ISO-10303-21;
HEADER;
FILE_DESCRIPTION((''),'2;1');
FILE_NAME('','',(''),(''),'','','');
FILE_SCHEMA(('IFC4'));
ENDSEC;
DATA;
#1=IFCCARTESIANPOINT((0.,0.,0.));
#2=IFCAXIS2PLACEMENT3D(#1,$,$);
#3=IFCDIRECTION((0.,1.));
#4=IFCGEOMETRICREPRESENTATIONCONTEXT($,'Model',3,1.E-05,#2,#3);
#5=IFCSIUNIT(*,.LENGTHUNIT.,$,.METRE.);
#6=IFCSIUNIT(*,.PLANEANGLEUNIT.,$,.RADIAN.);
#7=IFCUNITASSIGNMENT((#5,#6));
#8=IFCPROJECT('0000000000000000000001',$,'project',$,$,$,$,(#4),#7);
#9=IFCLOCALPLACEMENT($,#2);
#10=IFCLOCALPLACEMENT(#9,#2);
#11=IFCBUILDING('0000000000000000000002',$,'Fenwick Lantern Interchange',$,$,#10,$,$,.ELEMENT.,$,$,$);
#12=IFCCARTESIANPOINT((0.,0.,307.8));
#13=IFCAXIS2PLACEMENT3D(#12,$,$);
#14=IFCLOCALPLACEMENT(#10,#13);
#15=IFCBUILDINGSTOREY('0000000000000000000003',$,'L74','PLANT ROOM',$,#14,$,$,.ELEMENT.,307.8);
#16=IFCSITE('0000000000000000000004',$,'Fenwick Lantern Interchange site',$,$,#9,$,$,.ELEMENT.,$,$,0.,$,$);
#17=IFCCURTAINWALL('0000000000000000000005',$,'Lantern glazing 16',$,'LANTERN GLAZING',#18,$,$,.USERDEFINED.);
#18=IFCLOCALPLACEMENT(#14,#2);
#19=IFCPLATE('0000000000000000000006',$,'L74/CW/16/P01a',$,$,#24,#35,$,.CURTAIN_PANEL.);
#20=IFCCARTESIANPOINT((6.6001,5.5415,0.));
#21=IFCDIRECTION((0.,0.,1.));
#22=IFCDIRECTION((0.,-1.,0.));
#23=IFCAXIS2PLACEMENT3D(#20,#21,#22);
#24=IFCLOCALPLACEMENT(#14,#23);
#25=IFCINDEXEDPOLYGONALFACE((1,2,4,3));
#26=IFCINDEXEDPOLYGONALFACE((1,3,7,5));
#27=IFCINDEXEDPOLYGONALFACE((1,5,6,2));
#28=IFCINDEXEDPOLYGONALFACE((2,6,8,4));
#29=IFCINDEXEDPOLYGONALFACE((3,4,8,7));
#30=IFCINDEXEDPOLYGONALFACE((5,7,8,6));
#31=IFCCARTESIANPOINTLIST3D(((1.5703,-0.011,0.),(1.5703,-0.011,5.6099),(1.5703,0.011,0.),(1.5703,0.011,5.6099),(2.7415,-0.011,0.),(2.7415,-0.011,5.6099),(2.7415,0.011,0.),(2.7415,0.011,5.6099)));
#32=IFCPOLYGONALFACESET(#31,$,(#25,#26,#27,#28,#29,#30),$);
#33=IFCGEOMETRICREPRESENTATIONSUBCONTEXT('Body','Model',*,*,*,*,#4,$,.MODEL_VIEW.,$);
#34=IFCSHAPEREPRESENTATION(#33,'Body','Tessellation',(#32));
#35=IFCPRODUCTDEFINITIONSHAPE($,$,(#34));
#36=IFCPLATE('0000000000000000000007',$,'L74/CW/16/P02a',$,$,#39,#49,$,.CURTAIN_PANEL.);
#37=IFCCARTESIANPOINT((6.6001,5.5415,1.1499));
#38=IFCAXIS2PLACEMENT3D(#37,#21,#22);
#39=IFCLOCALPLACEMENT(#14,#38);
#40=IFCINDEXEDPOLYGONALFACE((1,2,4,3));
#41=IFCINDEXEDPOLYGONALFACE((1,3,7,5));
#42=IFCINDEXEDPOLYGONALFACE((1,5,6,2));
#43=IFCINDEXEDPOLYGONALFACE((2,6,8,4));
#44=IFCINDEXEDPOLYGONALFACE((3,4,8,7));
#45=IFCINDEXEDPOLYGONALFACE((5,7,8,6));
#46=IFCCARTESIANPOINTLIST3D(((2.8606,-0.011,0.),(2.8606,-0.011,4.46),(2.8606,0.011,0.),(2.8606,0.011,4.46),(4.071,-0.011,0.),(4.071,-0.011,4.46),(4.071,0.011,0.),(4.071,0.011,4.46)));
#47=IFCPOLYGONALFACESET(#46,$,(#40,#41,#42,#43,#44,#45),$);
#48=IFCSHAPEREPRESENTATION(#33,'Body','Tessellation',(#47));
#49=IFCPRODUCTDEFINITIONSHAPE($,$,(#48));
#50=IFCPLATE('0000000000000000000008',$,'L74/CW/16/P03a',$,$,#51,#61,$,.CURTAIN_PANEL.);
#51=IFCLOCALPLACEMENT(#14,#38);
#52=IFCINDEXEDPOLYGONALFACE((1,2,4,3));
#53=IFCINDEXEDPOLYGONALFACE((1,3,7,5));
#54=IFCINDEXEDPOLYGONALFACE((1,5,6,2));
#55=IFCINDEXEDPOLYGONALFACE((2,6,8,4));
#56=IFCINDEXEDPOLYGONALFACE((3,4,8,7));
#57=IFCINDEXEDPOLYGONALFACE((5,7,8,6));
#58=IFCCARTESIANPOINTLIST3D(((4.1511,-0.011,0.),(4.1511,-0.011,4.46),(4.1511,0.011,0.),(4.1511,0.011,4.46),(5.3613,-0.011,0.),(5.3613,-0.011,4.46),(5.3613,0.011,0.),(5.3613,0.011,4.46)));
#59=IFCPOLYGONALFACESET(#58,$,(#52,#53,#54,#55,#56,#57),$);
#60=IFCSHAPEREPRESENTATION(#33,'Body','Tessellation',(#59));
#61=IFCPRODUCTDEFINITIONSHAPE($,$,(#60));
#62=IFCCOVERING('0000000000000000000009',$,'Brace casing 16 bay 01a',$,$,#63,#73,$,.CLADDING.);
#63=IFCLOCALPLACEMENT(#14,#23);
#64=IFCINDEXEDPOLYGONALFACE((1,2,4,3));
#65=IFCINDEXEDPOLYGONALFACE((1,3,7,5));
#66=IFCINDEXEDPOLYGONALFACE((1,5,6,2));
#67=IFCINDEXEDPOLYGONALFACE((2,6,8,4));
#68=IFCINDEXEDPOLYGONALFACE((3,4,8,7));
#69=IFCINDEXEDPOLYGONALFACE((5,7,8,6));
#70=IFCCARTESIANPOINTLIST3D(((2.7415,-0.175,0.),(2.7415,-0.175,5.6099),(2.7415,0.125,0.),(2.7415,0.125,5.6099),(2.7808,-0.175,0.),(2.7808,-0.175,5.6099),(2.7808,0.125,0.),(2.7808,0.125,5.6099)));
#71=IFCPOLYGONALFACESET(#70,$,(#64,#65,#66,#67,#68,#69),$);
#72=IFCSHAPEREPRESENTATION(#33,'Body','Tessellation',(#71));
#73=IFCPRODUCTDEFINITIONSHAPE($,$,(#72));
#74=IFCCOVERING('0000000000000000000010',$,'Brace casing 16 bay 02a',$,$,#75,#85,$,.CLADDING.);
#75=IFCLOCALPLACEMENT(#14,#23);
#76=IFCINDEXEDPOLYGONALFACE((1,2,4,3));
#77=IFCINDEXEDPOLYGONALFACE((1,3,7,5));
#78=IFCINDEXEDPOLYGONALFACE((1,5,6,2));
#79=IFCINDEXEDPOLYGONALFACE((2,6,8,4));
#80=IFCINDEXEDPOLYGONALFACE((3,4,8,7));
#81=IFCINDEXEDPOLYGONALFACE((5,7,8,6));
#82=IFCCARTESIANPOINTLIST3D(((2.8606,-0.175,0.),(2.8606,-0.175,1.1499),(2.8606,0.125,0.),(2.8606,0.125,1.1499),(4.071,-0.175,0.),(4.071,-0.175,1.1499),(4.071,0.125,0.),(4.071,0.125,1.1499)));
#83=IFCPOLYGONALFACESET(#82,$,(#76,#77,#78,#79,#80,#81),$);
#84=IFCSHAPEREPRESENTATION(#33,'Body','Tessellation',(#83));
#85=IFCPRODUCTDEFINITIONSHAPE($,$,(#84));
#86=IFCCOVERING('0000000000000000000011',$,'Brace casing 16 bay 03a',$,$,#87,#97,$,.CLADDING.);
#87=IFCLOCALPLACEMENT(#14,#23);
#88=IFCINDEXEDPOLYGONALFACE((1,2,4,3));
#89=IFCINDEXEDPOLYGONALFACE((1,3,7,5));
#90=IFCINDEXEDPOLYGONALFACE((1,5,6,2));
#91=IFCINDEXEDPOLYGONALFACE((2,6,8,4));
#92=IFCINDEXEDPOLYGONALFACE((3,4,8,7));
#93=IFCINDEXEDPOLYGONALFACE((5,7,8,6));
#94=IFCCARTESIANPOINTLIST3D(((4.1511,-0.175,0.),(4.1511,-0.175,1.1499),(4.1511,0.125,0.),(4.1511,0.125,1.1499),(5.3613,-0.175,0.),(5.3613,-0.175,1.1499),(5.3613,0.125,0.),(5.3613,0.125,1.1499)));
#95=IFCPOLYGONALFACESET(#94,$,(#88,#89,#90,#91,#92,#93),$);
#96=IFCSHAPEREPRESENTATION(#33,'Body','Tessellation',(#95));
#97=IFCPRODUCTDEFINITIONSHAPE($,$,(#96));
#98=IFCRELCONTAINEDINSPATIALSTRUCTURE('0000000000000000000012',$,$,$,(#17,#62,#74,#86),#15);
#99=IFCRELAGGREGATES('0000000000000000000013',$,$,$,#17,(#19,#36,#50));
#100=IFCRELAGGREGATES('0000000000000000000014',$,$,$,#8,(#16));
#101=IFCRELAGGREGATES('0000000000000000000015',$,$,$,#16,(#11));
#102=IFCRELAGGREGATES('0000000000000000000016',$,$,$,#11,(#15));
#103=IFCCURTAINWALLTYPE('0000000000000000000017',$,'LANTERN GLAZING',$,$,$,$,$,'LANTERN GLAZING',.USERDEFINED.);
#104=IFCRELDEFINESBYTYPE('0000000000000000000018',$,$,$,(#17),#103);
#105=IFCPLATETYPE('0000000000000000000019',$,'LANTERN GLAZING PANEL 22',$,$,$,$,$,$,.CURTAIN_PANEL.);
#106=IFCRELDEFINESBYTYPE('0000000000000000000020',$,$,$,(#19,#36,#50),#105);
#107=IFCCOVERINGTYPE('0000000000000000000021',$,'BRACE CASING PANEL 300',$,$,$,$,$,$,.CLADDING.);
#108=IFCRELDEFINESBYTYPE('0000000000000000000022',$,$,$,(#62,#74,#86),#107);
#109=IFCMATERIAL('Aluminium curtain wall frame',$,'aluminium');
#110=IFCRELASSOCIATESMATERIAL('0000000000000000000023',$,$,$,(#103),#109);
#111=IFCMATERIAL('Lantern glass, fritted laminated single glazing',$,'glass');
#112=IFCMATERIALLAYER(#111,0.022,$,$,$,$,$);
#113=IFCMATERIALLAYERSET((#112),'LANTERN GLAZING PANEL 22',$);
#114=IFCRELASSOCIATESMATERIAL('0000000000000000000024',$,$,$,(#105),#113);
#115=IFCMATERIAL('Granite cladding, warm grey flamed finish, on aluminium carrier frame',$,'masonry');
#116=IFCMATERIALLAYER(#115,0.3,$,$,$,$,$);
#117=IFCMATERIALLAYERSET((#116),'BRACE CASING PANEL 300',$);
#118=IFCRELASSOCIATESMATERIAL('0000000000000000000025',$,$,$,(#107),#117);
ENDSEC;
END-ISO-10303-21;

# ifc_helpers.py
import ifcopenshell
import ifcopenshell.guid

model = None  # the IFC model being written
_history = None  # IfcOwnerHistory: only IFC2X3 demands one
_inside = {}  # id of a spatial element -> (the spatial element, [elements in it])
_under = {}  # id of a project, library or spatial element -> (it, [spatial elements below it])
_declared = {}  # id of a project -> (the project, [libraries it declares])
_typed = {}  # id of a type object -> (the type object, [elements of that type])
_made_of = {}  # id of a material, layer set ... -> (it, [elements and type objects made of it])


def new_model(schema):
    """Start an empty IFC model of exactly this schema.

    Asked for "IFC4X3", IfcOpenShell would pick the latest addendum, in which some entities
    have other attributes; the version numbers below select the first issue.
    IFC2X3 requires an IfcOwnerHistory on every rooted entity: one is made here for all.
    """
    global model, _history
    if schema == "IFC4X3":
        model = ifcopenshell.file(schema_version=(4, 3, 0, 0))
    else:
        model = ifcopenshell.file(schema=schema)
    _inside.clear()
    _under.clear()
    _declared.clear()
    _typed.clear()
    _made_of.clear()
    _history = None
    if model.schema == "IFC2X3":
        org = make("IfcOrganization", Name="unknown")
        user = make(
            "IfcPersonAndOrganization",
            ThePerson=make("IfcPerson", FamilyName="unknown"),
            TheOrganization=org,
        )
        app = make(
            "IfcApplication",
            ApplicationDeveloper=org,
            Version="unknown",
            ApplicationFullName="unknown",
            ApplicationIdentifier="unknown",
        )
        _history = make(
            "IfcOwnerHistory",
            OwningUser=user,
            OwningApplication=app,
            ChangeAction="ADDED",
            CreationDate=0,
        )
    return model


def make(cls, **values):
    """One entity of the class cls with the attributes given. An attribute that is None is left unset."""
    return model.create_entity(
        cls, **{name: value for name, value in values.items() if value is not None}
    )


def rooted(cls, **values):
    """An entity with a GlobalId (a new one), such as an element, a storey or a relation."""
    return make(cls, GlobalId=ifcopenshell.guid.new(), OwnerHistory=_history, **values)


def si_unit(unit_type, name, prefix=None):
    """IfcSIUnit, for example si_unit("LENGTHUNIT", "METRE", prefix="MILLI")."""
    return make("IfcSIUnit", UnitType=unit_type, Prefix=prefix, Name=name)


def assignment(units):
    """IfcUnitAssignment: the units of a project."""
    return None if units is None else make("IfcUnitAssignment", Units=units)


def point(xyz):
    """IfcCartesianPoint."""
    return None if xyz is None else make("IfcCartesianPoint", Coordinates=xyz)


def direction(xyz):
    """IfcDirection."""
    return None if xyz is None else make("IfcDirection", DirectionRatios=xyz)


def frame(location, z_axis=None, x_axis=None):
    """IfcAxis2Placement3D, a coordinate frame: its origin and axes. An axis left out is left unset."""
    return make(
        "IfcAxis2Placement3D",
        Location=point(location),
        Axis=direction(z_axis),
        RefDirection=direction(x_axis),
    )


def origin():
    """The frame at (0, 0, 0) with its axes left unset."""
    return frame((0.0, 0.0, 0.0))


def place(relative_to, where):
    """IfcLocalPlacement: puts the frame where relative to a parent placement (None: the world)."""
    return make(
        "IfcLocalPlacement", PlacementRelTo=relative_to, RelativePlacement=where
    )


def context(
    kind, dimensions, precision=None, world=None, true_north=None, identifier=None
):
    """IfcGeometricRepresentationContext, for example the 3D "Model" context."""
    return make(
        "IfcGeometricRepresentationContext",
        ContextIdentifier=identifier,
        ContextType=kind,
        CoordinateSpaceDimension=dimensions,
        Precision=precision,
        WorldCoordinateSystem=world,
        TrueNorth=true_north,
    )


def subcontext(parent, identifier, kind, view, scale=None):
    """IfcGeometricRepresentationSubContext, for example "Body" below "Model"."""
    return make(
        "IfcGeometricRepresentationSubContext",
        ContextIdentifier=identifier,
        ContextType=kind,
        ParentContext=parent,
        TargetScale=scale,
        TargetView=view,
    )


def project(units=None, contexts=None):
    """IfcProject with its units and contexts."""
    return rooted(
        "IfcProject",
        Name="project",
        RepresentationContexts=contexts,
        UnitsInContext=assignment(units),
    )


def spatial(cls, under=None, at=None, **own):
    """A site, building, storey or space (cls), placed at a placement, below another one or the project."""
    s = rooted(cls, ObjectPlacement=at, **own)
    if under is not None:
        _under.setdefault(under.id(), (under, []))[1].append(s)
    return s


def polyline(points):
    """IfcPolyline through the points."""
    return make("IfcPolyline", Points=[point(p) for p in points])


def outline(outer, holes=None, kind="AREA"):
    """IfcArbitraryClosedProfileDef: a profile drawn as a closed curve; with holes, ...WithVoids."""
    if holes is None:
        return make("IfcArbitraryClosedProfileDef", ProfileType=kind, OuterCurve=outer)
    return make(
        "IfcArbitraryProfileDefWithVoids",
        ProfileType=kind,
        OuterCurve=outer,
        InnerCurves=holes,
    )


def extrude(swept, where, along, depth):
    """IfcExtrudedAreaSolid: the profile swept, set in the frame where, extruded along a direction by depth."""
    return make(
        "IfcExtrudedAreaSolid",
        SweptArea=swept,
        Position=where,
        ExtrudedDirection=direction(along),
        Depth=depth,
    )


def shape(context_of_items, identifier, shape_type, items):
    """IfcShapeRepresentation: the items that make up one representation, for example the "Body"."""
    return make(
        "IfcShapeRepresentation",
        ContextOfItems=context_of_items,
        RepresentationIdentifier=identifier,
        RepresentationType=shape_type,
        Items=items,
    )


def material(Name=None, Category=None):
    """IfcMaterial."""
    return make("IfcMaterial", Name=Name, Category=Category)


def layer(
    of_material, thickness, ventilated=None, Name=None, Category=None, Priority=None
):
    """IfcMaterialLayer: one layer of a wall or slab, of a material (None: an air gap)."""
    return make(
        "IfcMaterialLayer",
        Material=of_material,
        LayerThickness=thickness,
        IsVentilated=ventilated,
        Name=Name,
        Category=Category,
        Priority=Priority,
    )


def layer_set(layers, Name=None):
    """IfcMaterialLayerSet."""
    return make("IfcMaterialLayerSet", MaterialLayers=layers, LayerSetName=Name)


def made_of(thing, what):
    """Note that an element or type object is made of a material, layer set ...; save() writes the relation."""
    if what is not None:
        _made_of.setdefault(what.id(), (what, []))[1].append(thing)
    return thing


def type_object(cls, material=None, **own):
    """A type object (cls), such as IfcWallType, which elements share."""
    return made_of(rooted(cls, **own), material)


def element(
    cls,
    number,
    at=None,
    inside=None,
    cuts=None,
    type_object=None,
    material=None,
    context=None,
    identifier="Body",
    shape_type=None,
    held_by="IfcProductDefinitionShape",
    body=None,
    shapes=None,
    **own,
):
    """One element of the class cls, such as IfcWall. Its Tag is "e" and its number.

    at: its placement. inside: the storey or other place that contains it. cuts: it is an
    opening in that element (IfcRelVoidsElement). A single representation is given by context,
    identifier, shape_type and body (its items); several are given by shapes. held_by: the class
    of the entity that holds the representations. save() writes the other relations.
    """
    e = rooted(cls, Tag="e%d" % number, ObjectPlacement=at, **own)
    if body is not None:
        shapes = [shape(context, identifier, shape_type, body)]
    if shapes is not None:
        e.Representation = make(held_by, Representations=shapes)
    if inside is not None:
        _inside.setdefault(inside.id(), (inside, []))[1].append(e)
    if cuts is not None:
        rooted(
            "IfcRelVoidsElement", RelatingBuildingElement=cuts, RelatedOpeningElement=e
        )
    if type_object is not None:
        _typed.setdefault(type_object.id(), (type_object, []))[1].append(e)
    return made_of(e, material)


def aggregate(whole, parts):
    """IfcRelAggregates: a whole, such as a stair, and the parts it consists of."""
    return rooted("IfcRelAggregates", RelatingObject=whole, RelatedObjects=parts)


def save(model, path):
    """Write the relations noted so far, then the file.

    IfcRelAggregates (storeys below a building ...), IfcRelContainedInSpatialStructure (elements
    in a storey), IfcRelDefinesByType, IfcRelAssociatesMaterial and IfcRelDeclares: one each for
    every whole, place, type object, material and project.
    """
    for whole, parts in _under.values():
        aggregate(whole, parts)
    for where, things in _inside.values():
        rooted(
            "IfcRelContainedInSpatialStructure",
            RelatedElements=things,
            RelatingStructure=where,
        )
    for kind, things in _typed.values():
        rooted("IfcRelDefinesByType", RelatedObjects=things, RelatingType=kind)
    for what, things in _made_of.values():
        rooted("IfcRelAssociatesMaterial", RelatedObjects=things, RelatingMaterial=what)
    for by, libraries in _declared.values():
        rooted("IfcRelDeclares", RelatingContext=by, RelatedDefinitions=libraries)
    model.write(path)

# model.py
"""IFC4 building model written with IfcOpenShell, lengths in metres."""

from ifc_helpers import new_model, si_unit, direction, frame, origin, place, context, subcontext, project, spatial, polyline, outline, extrude, material, layer, layer_set, type_object, element, aggregate, save


model = new_model("IFC4")

# Units and contexts
model_context = context("Model", 3, precision=1e-05, world=origin(), true_north=direction((0.0, 1.0)))
body_context = subcontext(model_context, "Body", "Model", "MODEL_VIEW")
ifc_project = project(units=[si_unit("LENGTHUNIT", "METRE"), si_unit("PLANEANGLEUNIT", "RADIAN")], contexts=[model_context])

# Site, building, storey
site_placement = place(None, origin())
site = spatial("IfcSite", under=ifc_project, at=site_placement, Name="Fenwick Lantern Interchange site", CompositionType="ELEMENT", RefElevation=0.0)
building_placement = place(site_placement, origin())
building = spatial("IfcBuilding", under=site, at=building_placement, Name="Fenwick Lantern Interchange", CompositionType="ELEMENT")
storey_placement = place(building_placement, frame((0.0, 0.0, 307.8)))
storey = spatial("IfcBuildingStorey", under=building, at=storey_placement, Name="L74", Description="PLANT ROOM", CompositionType="ELEMENT", Elevation=307.8)

# Curtain wall
ifc_material_1 = material(Name="Aluminium curtain wall frame", Category="aluminium")
curtain_wall_type = type_object("IfcCurtainWallType", Name="LANTERN GLAZING", ElementType="LANTERN GLAZING", PredefinedType="USERDEFINED", material=ifc_material_1)
curtain_wall_1_placement = place(storey_placement, origin())
curtain_wall_1 = element("IfcCurtainWall", 1, at=curtain_wall_1_placement, inside=storey, type_object=curtain_wall_type, Name="Lantern glazing 16", ObjectType="LANTERN GLAZING", PredefinedType="USERDEFINED")

# Plates
ifc_material_2 = material(Name="Lantern glass, fritted laminated single glazing", Category="glass")
ifc_layer_1 = layer(ifc_material_2, 0.022)
ifc_layer_set_1 = layer_set([ifc_layer_1], Name="LANTERN GLAZING PANEL 22")
plate_type = type_object("IfcPlateType", Name="LANTERN GLAZING PANEL 22", PredefinedType="CURTAIN_PANEL", material=ifc_layer_set_1)
plate_1_placement = place(storey_placement, frame((6.6001, 5.5415, 0.0), z_axis=(0.0, 0.0, 1.0), x_axis=(0.0, -1.0, 0.0)))
plate_1 = element("IfcPlate", 2, at=plate_1_placement, type_object=plate_type, Name="L74/CW/16/P01a", PredefinedType="CURTAIN_PANEL", context=body_context, shape_type="SweptSolid", body=[
    extrude(outline(polyline([(1.5703, 0.0), (2.7415, 0.0), (2.7415, 5.6099), (1.5703, 5.6099), (1.5703, 0.0)])), frame((0.0, 0.011, 0.0), z_axis=(0.0, -1.0, 0.0), x_axis=(1.0, 0.0, 0.0)), (0.0, 0.0, 1.0), 0.022),
])
plate_2_placement = place(storey_placement, frame((6.6001, 5.5415, 1.1499), z_axis=(0.0, 0.0, 1.0), x_axis=(0.0, -1.0, 0.0)))
plate_2 = element("IfcPlate", 3, at=plate_2_placement, type_object=plate_type, Name="L74/CW/16/P02a", PredefinedType="CURTAIN_PANEL", context=body_context, shape_type="SweptSolid", body=[
    extrude(outline(polyline([(2.8606, 0.0), (4.071, 0.0), (4.071, 4.46), (2.8606, 4.46), (2.8606, 0.0)])), frame((0.0, 0.011, 0.0), z_axis=(0.0, -1.0, 0.0), x_axis=(1.0, 0.0, 0.0)), (0.0, 0.0, 1.0), 0.022),
])
plate_3_placement = place(storey_placement, frame((6.6001, 5.5415, 1.1499), z_axis=(0.0, 0.0, 1.0), x_axis=(0.0, -1.0, 0.0)))
plate_3 = element("IfcPlate", 4, at=plate_3_placement, type_object=plate_type, Name="L74/CW/16/P03a", PredefinedType="CURTAIN_PANEL", context=body_context, shape_type="SweptSolid", body=[
    extrude(outline(polyline([(4.1511, 0.0), (5.3613, 0.0), (5.3613, 4.46), (4.1511, 4.46), (4.1511, 0.0)])), frame((0.0, 0.011, 0.0), z_axis=(0.0, -1.0, 0.0), x_axis=(1.0, 0.0, 0.0)), (0.0, 0.0, 1.0), 0.022),
])
aggregate(curtain_wall_1, [plate_1, plate_2, plate_3])

# Coverings
ifc_material_3 = material(Name="Granite cladding, warm grey flamed finish, on aluminium carrier frame", Category="masonry")
ifc_layer_2 = layer(ifc_material_3, 0.3)
ifc_layer_set_2 = layer_set([ifc_layer_2], Name="BRACE CASING PANEL 300")
covering_type = type_object("IfcCoveringType", Name="BRACE CASING PANEL 300", PredefinedType="CLADDING", material=ifc_layer_set_2)
covering_1_placement = place(storey_placement, frame((6.6001, 5.5415, 0.0), z_axis=(0.0, 0.0, 1.0), x_axis=(0.0, -1.0, 0.0)))
element("IfcCovering", 5, at=covering_1_placement, inside=storey, type_object=covering_type, Name="Brace casing 16 bay 01a", PredefinedType="CLADDING", context=body_context, shape_type="SweptSolid", body=[
    extrude(outline(polyline([(2.7415, 0.0), (2.7808, 0.0), (2.7808, 5.6099), (2.7415, 5.6099), (2.7415, 0.0)])), frame((0.0, 0.125, 0.0), z_axis=(0.0, -1.0, 0.0), x_axis=(1.0, 0.0, 0.0)), (0.0, 0.0, 1.0), 0.3),
])
covering_2_placement = place(storey_placement, frame((6.6001, 5.5415, 0.0), z_axis=(0.0, 0.0, 1.0), x_axis=(0.0, -1.0, 0.0)))
element("IfcCovering", 6, at=covering_2_placement, inside=storey, type_object=covering_type, Name="Brace casing 16 bay 02a", PredefinedType="CLADDING", context=body_context, shape_type="SweptSolid", body=[
    extrude(outline(polyline([(2.8606, 0.0), (4.071, 0.0), (4.071, 1.1499), (2.8606, 1.1499), (2.8606, 0.0)])), frame((0.0, 0.125, 0.0), z_axis=(0.0, -1.0, 0.0), x_axis=(1.0, 0.0, 0.0)), (0.0, 0.0, 1.0), 0.3),
])
covering_3_placement = place(storey_placement, frame((6.6001, 5.5415, 0.0), z_axis=(0.0, 0.0, 1.0), x_axis=(0.0, -1.0, 0.0)))
element("IfcCovering", 7, at=covering_3_placement, inside=storey, type_object=covering_type, Name="Brace casing 16 bay 03a", PredefinedType="CLADDING", context=body_context, shape_type="SweptSolid", body=[
    extrude(outline(polyline([(4.1511, 0.0), (5.3613, 0.0), (5.3613, 1.1499), (4.1511, 1.1499), (4.1511, 0.0)])), frame((0.0, 0.125, 0.0), z_axis=(0.0, -1.0, 0.0), x_axis=(1.0, 0.0, 0.0)), (0.0, 0.0, 1.0), 0.3),
])

save(model, "model.ifc")
